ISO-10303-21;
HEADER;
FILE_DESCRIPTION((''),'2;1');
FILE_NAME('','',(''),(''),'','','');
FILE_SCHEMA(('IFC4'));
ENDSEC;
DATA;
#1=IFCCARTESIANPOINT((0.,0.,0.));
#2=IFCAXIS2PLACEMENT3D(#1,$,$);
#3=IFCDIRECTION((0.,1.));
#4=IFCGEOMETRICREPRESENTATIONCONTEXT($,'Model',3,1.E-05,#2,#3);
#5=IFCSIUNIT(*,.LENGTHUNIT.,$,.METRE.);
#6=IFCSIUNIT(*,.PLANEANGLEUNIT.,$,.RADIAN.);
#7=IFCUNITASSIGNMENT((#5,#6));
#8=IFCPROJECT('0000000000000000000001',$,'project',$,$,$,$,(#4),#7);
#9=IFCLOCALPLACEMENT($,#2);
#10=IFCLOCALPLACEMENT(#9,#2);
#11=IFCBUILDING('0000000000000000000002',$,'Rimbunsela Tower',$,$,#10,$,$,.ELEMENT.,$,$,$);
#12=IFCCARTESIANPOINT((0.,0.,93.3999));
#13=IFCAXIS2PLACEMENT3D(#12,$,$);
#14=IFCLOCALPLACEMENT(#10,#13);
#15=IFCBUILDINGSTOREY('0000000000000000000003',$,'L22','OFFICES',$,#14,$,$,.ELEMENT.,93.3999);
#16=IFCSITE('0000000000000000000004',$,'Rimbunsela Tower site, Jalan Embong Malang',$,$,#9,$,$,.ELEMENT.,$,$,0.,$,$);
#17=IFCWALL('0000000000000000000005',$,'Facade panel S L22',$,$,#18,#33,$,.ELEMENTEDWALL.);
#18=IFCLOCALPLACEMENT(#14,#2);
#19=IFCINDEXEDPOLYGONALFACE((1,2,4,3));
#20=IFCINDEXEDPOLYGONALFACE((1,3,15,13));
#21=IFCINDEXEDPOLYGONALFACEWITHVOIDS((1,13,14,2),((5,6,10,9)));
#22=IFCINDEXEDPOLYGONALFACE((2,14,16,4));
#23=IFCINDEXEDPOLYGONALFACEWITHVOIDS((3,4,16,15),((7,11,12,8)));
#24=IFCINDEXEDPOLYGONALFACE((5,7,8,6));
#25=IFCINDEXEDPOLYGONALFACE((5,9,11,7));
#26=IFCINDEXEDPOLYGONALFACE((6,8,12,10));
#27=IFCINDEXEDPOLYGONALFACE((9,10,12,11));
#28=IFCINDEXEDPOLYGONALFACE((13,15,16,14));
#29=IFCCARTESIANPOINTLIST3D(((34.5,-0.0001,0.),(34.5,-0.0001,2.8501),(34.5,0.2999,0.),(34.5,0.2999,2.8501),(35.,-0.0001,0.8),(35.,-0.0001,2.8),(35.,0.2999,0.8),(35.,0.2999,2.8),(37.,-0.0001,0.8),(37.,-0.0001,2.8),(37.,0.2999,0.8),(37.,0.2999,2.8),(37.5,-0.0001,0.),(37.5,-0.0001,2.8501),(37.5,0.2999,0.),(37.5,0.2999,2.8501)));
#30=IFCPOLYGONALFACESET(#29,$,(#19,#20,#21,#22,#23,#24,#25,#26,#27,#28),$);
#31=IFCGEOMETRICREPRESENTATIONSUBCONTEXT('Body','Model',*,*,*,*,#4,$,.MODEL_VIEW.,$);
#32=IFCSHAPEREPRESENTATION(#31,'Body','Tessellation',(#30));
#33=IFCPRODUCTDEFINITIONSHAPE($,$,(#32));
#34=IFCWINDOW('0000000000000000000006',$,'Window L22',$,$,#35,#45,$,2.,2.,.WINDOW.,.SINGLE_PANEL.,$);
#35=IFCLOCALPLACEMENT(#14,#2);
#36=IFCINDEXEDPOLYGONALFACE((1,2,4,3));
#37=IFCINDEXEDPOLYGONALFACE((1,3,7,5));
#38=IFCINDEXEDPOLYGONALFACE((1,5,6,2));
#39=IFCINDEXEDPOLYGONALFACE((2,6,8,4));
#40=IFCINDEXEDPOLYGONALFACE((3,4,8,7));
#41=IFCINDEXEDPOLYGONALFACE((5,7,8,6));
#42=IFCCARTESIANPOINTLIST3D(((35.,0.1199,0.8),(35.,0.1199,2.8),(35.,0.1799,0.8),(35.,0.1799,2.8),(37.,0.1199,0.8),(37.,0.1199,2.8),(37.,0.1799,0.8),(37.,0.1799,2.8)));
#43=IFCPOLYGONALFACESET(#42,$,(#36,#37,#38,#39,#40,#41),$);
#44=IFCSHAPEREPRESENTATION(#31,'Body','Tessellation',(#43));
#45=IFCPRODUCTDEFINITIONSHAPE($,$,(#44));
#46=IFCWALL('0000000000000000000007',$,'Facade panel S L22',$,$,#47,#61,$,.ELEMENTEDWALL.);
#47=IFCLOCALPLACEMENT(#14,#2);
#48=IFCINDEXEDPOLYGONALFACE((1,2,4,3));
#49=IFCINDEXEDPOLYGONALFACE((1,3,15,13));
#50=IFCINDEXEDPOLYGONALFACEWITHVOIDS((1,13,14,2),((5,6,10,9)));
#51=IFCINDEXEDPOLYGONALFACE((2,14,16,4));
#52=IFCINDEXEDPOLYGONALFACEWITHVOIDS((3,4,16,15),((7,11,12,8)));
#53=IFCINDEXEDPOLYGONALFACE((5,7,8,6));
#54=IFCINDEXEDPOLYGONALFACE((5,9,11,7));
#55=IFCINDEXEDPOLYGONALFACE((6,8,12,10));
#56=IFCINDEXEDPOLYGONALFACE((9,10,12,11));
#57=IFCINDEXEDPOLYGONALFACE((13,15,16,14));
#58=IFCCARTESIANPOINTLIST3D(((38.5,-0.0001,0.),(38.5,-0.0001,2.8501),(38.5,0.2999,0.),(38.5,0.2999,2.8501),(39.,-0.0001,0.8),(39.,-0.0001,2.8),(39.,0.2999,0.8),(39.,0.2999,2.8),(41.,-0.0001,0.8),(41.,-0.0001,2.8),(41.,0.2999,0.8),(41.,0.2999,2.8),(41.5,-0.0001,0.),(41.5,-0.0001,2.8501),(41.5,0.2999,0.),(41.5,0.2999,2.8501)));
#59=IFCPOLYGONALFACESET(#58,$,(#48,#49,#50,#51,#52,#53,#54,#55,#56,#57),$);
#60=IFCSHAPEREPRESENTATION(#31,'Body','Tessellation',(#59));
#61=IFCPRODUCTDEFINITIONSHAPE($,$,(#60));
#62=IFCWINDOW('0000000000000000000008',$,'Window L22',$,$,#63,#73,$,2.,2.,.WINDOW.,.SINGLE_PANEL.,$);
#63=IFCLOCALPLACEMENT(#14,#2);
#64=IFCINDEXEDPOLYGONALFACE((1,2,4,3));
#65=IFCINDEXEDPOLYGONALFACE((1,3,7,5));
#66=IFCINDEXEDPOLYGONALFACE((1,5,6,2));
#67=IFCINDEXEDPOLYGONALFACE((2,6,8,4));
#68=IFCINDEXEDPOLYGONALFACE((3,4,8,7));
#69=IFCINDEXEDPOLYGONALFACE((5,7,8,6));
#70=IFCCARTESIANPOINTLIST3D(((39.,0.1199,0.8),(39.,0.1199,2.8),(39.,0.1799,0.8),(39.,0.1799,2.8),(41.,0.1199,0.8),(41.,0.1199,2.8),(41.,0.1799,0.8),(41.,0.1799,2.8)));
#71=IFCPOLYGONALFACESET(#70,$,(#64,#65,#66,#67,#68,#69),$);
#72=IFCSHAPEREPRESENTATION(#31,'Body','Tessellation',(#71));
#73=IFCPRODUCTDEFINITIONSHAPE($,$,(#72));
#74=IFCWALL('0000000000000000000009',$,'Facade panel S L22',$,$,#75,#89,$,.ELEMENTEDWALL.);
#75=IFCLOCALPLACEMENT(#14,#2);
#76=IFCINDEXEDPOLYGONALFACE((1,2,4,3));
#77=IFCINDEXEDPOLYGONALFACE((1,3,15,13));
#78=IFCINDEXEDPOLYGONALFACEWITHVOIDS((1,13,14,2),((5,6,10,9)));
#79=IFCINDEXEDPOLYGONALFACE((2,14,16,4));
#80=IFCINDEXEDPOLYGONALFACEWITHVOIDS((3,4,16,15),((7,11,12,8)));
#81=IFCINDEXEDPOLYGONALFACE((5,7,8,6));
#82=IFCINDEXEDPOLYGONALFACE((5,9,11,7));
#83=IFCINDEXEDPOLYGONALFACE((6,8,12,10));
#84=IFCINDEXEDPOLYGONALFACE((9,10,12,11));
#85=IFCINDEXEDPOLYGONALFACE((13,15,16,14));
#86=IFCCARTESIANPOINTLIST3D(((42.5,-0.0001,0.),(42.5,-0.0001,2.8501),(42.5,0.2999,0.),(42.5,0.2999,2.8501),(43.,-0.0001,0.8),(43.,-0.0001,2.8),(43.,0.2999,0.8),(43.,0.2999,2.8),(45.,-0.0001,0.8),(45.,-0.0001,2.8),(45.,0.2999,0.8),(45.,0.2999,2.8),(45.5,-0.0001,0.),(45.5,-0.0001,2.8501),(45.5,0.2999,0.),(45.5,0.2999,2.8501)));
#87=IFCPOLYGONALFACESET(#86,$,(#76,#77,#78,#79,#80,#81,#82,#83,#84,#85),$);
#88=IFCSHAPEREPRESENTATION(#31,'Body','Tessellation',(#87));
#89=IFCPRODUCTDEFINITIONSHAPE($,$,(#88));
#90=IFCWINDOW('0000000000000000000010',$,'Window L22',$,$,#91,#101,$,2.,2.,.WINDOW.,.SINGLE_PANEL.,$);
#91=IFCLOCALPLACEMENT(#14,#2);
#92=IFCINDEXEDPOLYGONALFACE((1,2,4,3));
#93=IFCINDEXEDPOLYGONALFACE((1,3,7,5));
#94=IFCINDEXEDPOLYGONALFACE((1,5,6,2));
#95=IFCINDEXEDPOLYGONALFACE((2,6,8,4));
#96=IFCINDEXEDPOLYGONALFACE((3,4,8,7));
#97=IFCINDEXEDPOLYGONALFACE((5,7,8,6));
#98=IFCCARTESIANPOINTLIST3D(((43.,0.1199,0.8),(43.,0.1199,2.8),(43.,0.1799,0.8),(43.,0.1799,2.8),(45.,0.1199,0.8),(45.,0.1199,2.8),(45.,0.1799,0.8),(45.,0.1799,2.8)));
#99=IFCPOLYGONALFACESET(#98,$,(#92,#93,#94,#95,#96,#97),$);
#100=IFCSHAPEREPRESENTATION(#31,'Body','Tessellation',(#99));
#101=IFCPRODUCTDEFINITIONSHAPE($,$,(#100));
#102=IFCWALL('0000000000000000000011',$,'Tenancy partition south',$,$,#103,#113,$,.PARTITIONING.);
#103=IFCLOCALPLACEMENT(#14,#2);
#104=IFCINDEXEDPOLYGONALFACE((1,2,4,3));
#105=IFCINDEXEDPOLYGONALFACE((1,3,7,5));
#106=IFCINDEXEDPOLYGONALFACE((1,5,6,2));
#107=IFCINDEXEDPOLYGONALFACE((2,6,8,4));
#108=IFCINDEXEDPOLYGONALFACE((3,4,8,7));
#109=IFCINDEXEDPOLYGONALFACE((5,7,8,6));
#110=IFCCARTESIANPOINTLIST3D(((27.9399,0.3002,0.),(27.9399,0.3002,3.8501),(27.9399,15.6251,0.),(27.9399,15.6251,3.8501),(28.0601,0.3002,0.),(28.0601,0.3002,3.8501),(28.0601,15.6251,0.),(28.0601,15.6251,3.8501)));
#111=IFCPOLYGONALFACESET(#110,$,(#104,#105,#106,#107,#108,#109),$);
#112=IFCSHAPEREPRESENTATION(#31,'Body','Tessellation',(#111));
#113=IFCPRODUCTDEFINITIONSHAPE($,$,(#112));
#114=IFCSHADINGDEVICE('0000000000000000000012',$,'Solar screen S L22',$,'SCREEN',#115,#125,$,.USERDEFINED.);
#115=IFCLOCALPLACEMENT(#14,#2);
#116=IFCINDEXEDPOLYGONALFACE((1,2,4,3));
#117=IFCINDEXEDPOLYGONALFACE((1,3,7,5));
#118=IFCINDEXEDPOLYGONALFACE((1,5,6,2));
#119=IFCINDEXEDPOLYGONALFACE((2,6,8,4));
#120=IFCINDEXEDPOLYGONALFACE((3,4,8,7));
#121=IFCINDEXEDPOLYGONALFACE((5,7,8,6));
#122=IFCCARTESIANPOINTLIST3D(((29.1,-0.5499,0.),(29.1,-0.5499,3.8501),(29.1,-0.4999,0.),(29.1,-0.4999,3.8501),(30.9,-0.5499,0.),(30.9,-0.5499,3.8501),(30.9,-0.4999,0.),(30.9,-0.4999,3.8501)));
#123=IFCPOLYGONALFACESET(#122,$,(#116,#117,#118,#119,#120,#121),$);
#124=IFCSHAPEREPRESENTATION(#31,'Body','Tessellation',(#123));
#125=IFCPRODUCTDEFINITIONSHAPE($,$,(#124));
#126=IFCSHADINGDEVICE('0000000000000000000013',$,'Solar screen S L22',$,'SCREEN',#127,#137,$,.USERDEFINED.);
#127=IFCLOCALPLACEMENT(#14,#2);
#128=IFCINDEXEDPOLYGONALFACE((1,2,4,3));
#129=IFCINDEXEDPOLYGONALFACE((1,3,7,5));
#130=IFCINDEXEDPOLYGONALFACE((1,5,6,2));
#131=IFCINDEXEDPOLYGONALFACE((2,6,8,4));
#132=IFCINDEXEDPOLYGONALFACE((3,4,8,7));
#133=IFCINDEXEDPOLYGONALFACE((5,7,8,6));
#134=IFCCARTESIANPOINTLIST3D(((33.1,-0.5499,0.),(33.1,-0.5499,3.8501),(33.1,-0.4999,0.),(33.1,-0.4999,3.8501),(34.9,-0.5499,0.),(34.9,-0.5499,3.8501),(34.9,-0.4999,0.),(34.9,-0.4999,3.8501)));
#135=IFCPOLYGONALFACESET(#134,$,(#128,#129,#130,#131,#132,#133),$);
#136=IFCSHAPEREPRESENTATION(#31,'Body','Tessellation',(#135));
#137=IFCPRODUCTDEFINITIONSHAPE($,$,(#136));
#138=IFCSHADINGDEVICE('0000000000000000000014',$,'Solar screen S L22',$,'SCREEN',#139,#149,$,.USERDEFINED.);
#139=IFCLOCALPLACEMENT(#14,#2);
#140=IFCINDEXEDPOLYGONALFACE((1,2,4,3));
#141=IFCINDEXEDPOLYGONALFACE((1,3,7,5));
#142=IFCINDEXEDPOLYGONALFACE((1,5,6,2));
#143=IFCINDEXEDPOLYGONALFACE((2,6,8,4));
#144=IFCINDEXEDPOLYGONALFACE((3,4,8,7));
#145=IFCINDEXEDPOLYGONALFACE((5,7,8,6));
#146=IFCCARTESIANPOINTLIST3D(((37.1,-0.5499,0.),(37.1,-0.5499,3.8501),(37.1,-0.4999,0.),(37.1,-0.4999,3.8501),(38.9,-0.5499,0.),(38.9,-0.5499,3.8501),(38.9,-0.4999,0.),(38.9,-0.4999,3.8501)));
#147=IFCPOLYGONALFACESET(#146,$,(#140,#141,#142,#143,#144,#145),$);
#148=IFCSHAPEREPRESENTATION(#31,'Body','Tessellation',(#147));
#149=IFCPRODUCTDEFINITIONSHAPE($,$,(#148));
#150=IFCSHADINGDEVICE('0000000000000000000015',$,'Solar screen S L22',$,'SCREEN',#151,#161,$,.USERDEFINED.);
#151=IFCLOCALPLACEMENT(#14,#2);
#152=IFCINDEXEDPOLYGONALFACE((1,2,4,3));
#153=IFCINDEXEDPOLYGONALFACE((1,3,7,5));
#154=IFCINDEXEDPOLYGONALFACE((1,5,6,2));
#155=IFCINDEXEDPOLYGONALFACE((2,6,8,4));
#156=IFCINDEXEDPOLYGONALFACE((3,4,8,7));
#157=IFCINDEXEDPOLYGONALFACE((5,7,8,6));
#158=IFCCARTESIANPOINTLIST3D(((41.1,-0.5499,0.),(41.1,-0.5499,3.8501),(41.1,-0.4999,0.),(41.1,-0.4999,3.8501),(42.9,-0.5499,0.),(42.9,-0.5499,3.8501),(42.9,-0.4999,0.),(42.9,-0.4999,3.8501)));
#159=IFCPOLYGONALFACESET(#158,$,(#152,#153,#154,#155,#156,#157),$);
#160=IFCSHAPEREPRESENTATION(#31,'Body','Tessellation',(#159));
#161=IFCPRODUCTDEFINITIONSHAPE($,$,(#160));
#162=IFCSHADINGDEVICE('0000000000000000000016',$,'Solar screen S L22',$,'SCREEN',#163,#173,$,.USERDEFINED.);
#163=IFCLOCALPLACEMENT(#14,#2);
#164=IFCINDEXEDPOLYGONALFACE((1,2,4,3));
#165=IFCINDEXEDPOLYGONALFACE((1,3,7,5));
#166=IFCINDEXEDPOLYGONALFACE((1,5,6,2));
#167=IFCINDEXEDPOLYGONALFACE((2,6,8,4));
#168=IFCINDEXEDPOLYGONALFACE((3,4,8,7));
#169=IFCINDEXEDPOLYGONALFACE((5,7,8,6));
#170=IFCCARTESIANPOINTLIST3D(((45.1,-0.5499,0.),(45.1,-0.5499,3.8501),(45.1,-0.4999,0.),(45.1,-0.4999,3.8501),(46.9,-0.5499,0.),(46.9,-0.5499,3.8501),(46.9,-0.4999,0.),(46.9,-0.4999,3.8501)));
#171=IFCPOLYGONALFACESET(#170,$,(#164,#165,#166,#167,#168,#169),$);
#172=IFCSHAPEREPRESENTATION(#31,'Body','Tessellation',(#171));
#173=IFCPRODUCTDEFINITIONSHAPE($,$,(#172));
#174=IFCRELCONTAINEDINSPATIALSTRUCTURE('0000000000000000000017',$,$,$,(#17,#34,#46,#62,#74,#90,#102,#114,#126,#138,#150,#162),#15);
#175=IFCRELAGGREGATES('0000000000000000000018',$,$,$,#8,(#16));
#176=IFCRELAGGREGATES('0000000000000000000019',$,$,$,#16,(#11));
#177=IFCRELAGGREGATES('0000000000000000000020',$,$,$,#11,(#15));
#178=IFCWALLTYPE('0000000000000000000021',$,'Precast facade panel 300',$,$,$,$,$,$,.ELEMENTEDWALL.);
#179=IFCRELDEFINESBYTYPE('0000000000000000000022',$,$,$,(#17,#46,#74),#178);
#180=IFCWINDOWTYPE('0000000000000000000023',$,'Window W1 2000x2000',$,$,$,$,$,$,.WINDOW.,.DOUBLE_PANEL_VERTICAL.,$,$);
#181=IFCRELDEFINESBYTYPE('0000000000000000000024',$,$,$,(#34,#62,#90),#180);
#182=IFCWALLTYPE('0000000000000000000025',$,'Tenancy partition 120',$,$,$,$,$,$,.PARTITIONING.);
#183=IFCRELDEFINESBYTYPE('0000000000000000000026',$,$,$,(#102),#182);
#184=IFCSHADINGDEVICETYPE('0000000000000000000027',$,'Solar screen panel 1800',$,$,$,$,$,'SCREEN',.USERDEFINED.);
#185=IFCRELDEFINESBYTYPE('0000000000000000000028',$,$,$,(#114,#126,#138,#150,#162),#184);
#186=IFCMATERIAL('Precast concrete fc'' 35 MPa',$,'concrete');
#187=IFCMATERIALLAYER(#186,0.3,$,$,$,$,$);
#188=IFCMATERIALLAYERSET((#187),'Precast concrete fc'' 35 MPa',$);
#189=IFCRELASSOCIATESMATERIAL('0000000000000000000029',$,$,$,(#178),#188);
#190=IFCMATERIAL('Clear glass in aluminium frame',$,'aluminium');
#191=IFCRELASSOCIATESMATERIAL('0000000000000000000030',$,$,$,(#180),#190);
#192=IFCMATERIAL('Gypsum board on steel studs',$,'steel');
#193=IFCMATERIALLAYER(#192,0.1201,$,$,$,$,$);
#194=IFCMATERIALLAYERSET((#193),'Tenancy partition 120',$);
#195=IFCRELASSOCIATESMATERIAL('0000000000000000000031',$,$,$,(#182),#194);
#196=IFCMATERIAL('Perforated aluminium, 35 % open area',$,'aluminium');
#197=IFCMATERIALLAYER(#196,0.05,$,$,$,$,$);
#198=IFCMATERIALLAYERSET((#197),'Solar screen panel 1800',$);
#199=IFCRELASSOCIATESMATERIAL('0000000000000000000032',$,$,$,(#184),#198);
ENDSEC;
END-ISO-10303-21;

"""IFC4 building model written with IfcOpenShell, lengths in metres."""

from ifc_helpers import new_model, si_unit, direction, frame, frame_2d, origin, origin_2d, place, context, subcontext, project, spatial, rectangle, extrude, material, layer, layer_set, type_object, element, fill, save


model = new_model("IFC4")

# Units and contexts
model_context = context("Model", 3, precision=1e-05, world=origin(), true_north=direction((0.0, 1.0)))
body_context = subcontext(model_context, "Body", "Model", "MODEL_VIEW")
ifc_project = project(units=[si_unit("LENGTHUNIT", "METRE"), si_unit("PLANEANGLEUNIT", "RADIAN")], contexts=[model_context])

# Site, building, storey
site_placement = place(None, origin())
site = spatial("IfcSite", under=ifc_project, at=site_placement, Name="Rimbunsela Tower site, Jalan Embong Malang", CompositionType="ELEMENT", RefElevation=0.0)
building_placement = place(site_placement, origin())
building = spatial("IfcBuilding", under=site, at=building_placement, Name="Rimbunsela Tower", CompositionType="ELEMENT")
storey_placement = place(building_placement, frame((0.0, 0.0, 93.3999)))
storey = spatial("IfcBuildingStorey", under=building, at=storey_placement, Name="L22", Description="OFFICES", CompositionType="ELEMENT", Elevation=93.3999)

# Shared definitions
ifc_material_1 = material(Name="Precast concrete fc' 35 MPa", Category="concrete")
ifc_layer_1 = layer(ifc_material_1, 0.3)
ifc_layer_set_1 = layer_set([ifc_layer_1], Name="Precast concrete fc' 35 MPa")
wall_type_1 = type_object("IfcWallType", Name="Precast facade panel 300", PredefinedType="ELEMENTEDWALL", material=ifc_layer_set_1)

# Walls, openings, windows
ifc_material_2 = material(Name="Clear glass in aluminium frame", Category="aluminium")
window_type_1 = type_object("IfcWindowType", Name="Window W1 2000x2000", PartitioningType="DOUBLE_PANEL_VERTICAL", PredefinedType="WINDOW", material=ifc_material_2)
wall_1_placement = place(storey_placement, frame((34.5, 0.1499, 0.0), z_axis=(0.0, 0.0, 1.0), x_axis=(1.0, 0.0, 0.0)))
wall_1 = element("IfcWall", 1, at=wall_1_placement, inside=storey, type_object=wall_type_1, Name="Facade panel S L22", PredefinedType="ELEMENTEDWALL", context=body_context, shape_type="SweptSolid", body=[
    extrude(rectangle(XDim=3.0, YDim=0.3, at=frame_2d((1.5, 0.0))), origin(), (0.0, 0.0, 1.0), 2.8501),
])
opening_1_placement = place(wall_1_placement, frame((0.5, 0.0, 0.8)))
opening_1 = element("IfcOpeningElement", 2, at=opening_1_placement, cuts=wall_1, PredefinedType="OPENING", context=body_context, shape_type="SweptSolid", body=[
    extrude(rectangle(XDim=2.0, YDim=2.0, at=frame_2d((1.0, 1.0))), frame((0.0, 0.1599, 0.0), z_axis=(0.0, -1.0, 0.0), x_axis=(1.0, 0.0, 0.0)), (0.0, 0.0, 1.0), 0.3201),
])
window_1_placement = place(opening_1_placement, origin())
window_1 = element("IfcWindow", 3, at=window_1_placement, inside=storey, type_object=window_type_1, Name="Window L22", OverallHeight=2.0, OverallWidth=2.0, PartitioningType="SINGLE_PANEL", PredefinedType="WINDOW", context=body_context, shape_type="SweptSolid", body=[
    extrude(rectangle(XDim=2.0, YDim=2.0, at=frame_2d((1.0, 1.0))), frame((0.0, 0.03, 0.0), z_axis=(0.0, -1.0, 0.0), x_axis=(1.0, 0.0, 0.0)), (0.0, 0.0, 1.0), 0.0601),
])
fill(opening_1, window_1)
wall_2_placement = place(storey_placement, frame((38.5, 0.1499, 0.0), z_axis=(0.0, 0.0, 1.0), x_axis=(1.0, 0.0, 0.0)))
wall_2 = element("IfcWall", 4, at=wall_2_placement, inside=storey, type_object=wall_type_1, Name="Facade panel S L22", PredefinedType="ELEMENTEDWALL", context=body_context, shape_type="SweptSolid", body=[
    extrude(rectangle(XDim=3.0, YDim=0.3, at=frame_2d((1.5, 0.0))), origin(), (0.0, 0.0, 1.0), 2.8501),
])
opening_2_placement = place(wall_2_placement, frame((0.5, 0.0, 0.8)))
opening_2 = element("IfcOpeningElement", 5, at=opening_2_placement, cuts=wall_2, PredefinedType="OPENING", context=body_context, shape_type="SweptSolid", body=[
    extrude(rectangle(XDim=2.0, YDim=2.0, at=frame_2d((1.0, 1.0))), frame((0.0, 0.1599, 0.0), z_axis=(0.0, -1.0, 0.0), x_axis=(1.0, 0.0, 0.0)), (0.0, 0.0, 1.0), 0.3201),
])
window_2_placement = place(opening_2_placement, origin())
window_2 = element("IfcWindow", 6, at=window_2_placement, inside=storey, type_object=window_type_1, Name="Window L22", OverallHeight=2.0, OverallWidth=2.0, PartitioningType="SINGLE_PANEL", PredefinedType="WINDOW", context=body_context, shape_type="SweptSolid", body=[
    extrude(rectangle(XDim=2.0, YDim=2.0, at=frame_2d((1.0, 1.0))), frame((0.0, 0.03, 0.0), z_axis=(0.0, -1.0, 0.0), x_axis=(1.0, 0.0, 0.0)), (0.0, 0.0, 1.0), 0.0601),
])
fill(opening_2, window_2)
wall_3_placement = place(storey_placement, frame((42.5, 0.1499, 0.0), z_axis=(0.0, 0.0, 1.0), x_axis=(1.0, 0.0, 0.0)))
wall_3 = element("IfcWall", 7, at=wall_3_placement, inside=storey, type_object=wall_type_1, Name="Facade panel S L22", PredefinedType="ELEMENTEDWALL", context=body_context, shape_type="SweptSolid", body=[
    extrude(rectangle(XDim=3.0, YDim=0.3, at=frame_2d((1.5, 0.0))), origin(), (0.0, 0.0, 1.0), 2.8501),
])
opening_3_placement = place(wall_3_placement, frame((0.5, 0.0, 0.8)))
opening_3 = element("IfcOpeningElement", 8, at=opening_3_placement, cuts=wall_3, PredefinedType="OPENING", context=body_context, shape_type="SweptSolid", body=[
    extrude(rectangle(XDim=2.0, YDim=2.0, at=frame_2d((1.0, 1.0))), frame((0.0, 0.1599, 0.0), z_axis=(0.0, -1.0, 0.0), x_axis=(1.0, 0.0, 0.0)), (0.0, 0.0, 1.0), 0.3201),
])
window_3_placement = place(opening_3_placement, origin())
window_3 = element("IfcWindow", 9, at=window_3_placement, inside=storey, type_object=window_type_1, Name="Window L22", OverallHeight=2.0, OverallWidth=2.0, PartitioningType="SINGLE_PANEL", PredefinedType="WINDOW", context=body_context, shape_type="SweptSolid", body=[
    extrude(rectangle(XDim=2.0, YDim=2.0, at=frame_2d((1.0, 1.0))), frame((0.0, 0.03, 0.0), z_axis=(0.0, -1.0, 0.0), x_axis=(1.0, 0.0, 0.0)), (0.0, 0.0, 1.0), 0.0601),
])
fill(opening_3, window_3)

# Wall
ifc_material_3 = material(Name="Gypsum board on steel studs", Category="steel")
ifc_layer_2 = layer(ifc_material_3, 0.1201)
ifc_layer_set_2 = layer_set([ifc_layer_2], Name="Tenancy partition 120")
wall_type_2 = type_object("IfcWallType", Name="Tenancy partition 120", PredefinedType="PARTITIONING", material=ifc_layer_set_2)
wall_4_placement = place(storey_placement, frame((28.0, 0.3, 0.0), z_axis=(0.0, 0.0, 1.0), x_axis=(0.0, 1.0, 0.0)))
element("IfcWall", 10, at=wall_4_placement, inside=storey, type_object=wall_type_2, Name="Tenancy partition south", PredefinedType="PARTITIONING", context=body_context, shape_type="SweptSolid", body=[
    extrude(rectangle(XDim=15.325, YDim=0.1201, at=frame_2d((7.6626, 0.0))), origin(), (0.0, 0.0, 1.0), 3.8501),
])

# Shading devices
ifc_material_4 = material(Name="Perforated aluminium, 35 % open area", Category="aluminium")
ifc_layer_3 = layer(ifc_material_4, 0.05)
ifc_layer_set_3 = layer_set([ifc_layer_3], Name="Solar screen panel 1800")
shading_device_type = type_object("IfcShadingDeviceType", Name="Solar screen panel 1800", ElementType="SCREEN", PredefinedType="USERDEFINED", material=ifc_layer_set_3)
for number, where, z_axis, x_axis, name in (
    (11, (30.0, -0.5249, 0.0), (0.0, 0.0, 1.0), (1.0, 0.0, 0.0), "Solar screen S L22"),
    (12, (34.0, -0.5249, 0.0), (0.0, 0.0, 1.0), (1.0, 0.0, 0.0), "Solar screen S L22"),
    (13, (38.0, -0.5249, 0.0), (0.0, 0.0, 1.0), (1.0, 0.0, 0.0), "Solar screen S L22"),
    (14, (42.0, -0.5249, 0.0), (0.0, 0.0, 1.0), (1.0, 0.0, 0.0), "Solar screen S L22"),
    (15, (46.0, -0.5249, 0.0), (0.0, 0.0, 1.0), (1.0, 0.0, 0.0), "Solar screen S L22"),
):
    element("IfcShadingDevice", number, at=place(storey_placement, frame(where, z_axis=z_axis, x_axis=x_axis)), inside=storey, type_object=shading_device_type, Name=name, ObjectType="SCREEN", PredefinedType="USERDEFINED", context=body_context, shape_type="SweptSolid", body=[
        extrude(rectangle(XDim=1.8, YDim=0.05, at=origin_2d()), origin(), (0.0, 0.0, 1.0), 3.8501),
    ])

save(model, "model.ifc")
